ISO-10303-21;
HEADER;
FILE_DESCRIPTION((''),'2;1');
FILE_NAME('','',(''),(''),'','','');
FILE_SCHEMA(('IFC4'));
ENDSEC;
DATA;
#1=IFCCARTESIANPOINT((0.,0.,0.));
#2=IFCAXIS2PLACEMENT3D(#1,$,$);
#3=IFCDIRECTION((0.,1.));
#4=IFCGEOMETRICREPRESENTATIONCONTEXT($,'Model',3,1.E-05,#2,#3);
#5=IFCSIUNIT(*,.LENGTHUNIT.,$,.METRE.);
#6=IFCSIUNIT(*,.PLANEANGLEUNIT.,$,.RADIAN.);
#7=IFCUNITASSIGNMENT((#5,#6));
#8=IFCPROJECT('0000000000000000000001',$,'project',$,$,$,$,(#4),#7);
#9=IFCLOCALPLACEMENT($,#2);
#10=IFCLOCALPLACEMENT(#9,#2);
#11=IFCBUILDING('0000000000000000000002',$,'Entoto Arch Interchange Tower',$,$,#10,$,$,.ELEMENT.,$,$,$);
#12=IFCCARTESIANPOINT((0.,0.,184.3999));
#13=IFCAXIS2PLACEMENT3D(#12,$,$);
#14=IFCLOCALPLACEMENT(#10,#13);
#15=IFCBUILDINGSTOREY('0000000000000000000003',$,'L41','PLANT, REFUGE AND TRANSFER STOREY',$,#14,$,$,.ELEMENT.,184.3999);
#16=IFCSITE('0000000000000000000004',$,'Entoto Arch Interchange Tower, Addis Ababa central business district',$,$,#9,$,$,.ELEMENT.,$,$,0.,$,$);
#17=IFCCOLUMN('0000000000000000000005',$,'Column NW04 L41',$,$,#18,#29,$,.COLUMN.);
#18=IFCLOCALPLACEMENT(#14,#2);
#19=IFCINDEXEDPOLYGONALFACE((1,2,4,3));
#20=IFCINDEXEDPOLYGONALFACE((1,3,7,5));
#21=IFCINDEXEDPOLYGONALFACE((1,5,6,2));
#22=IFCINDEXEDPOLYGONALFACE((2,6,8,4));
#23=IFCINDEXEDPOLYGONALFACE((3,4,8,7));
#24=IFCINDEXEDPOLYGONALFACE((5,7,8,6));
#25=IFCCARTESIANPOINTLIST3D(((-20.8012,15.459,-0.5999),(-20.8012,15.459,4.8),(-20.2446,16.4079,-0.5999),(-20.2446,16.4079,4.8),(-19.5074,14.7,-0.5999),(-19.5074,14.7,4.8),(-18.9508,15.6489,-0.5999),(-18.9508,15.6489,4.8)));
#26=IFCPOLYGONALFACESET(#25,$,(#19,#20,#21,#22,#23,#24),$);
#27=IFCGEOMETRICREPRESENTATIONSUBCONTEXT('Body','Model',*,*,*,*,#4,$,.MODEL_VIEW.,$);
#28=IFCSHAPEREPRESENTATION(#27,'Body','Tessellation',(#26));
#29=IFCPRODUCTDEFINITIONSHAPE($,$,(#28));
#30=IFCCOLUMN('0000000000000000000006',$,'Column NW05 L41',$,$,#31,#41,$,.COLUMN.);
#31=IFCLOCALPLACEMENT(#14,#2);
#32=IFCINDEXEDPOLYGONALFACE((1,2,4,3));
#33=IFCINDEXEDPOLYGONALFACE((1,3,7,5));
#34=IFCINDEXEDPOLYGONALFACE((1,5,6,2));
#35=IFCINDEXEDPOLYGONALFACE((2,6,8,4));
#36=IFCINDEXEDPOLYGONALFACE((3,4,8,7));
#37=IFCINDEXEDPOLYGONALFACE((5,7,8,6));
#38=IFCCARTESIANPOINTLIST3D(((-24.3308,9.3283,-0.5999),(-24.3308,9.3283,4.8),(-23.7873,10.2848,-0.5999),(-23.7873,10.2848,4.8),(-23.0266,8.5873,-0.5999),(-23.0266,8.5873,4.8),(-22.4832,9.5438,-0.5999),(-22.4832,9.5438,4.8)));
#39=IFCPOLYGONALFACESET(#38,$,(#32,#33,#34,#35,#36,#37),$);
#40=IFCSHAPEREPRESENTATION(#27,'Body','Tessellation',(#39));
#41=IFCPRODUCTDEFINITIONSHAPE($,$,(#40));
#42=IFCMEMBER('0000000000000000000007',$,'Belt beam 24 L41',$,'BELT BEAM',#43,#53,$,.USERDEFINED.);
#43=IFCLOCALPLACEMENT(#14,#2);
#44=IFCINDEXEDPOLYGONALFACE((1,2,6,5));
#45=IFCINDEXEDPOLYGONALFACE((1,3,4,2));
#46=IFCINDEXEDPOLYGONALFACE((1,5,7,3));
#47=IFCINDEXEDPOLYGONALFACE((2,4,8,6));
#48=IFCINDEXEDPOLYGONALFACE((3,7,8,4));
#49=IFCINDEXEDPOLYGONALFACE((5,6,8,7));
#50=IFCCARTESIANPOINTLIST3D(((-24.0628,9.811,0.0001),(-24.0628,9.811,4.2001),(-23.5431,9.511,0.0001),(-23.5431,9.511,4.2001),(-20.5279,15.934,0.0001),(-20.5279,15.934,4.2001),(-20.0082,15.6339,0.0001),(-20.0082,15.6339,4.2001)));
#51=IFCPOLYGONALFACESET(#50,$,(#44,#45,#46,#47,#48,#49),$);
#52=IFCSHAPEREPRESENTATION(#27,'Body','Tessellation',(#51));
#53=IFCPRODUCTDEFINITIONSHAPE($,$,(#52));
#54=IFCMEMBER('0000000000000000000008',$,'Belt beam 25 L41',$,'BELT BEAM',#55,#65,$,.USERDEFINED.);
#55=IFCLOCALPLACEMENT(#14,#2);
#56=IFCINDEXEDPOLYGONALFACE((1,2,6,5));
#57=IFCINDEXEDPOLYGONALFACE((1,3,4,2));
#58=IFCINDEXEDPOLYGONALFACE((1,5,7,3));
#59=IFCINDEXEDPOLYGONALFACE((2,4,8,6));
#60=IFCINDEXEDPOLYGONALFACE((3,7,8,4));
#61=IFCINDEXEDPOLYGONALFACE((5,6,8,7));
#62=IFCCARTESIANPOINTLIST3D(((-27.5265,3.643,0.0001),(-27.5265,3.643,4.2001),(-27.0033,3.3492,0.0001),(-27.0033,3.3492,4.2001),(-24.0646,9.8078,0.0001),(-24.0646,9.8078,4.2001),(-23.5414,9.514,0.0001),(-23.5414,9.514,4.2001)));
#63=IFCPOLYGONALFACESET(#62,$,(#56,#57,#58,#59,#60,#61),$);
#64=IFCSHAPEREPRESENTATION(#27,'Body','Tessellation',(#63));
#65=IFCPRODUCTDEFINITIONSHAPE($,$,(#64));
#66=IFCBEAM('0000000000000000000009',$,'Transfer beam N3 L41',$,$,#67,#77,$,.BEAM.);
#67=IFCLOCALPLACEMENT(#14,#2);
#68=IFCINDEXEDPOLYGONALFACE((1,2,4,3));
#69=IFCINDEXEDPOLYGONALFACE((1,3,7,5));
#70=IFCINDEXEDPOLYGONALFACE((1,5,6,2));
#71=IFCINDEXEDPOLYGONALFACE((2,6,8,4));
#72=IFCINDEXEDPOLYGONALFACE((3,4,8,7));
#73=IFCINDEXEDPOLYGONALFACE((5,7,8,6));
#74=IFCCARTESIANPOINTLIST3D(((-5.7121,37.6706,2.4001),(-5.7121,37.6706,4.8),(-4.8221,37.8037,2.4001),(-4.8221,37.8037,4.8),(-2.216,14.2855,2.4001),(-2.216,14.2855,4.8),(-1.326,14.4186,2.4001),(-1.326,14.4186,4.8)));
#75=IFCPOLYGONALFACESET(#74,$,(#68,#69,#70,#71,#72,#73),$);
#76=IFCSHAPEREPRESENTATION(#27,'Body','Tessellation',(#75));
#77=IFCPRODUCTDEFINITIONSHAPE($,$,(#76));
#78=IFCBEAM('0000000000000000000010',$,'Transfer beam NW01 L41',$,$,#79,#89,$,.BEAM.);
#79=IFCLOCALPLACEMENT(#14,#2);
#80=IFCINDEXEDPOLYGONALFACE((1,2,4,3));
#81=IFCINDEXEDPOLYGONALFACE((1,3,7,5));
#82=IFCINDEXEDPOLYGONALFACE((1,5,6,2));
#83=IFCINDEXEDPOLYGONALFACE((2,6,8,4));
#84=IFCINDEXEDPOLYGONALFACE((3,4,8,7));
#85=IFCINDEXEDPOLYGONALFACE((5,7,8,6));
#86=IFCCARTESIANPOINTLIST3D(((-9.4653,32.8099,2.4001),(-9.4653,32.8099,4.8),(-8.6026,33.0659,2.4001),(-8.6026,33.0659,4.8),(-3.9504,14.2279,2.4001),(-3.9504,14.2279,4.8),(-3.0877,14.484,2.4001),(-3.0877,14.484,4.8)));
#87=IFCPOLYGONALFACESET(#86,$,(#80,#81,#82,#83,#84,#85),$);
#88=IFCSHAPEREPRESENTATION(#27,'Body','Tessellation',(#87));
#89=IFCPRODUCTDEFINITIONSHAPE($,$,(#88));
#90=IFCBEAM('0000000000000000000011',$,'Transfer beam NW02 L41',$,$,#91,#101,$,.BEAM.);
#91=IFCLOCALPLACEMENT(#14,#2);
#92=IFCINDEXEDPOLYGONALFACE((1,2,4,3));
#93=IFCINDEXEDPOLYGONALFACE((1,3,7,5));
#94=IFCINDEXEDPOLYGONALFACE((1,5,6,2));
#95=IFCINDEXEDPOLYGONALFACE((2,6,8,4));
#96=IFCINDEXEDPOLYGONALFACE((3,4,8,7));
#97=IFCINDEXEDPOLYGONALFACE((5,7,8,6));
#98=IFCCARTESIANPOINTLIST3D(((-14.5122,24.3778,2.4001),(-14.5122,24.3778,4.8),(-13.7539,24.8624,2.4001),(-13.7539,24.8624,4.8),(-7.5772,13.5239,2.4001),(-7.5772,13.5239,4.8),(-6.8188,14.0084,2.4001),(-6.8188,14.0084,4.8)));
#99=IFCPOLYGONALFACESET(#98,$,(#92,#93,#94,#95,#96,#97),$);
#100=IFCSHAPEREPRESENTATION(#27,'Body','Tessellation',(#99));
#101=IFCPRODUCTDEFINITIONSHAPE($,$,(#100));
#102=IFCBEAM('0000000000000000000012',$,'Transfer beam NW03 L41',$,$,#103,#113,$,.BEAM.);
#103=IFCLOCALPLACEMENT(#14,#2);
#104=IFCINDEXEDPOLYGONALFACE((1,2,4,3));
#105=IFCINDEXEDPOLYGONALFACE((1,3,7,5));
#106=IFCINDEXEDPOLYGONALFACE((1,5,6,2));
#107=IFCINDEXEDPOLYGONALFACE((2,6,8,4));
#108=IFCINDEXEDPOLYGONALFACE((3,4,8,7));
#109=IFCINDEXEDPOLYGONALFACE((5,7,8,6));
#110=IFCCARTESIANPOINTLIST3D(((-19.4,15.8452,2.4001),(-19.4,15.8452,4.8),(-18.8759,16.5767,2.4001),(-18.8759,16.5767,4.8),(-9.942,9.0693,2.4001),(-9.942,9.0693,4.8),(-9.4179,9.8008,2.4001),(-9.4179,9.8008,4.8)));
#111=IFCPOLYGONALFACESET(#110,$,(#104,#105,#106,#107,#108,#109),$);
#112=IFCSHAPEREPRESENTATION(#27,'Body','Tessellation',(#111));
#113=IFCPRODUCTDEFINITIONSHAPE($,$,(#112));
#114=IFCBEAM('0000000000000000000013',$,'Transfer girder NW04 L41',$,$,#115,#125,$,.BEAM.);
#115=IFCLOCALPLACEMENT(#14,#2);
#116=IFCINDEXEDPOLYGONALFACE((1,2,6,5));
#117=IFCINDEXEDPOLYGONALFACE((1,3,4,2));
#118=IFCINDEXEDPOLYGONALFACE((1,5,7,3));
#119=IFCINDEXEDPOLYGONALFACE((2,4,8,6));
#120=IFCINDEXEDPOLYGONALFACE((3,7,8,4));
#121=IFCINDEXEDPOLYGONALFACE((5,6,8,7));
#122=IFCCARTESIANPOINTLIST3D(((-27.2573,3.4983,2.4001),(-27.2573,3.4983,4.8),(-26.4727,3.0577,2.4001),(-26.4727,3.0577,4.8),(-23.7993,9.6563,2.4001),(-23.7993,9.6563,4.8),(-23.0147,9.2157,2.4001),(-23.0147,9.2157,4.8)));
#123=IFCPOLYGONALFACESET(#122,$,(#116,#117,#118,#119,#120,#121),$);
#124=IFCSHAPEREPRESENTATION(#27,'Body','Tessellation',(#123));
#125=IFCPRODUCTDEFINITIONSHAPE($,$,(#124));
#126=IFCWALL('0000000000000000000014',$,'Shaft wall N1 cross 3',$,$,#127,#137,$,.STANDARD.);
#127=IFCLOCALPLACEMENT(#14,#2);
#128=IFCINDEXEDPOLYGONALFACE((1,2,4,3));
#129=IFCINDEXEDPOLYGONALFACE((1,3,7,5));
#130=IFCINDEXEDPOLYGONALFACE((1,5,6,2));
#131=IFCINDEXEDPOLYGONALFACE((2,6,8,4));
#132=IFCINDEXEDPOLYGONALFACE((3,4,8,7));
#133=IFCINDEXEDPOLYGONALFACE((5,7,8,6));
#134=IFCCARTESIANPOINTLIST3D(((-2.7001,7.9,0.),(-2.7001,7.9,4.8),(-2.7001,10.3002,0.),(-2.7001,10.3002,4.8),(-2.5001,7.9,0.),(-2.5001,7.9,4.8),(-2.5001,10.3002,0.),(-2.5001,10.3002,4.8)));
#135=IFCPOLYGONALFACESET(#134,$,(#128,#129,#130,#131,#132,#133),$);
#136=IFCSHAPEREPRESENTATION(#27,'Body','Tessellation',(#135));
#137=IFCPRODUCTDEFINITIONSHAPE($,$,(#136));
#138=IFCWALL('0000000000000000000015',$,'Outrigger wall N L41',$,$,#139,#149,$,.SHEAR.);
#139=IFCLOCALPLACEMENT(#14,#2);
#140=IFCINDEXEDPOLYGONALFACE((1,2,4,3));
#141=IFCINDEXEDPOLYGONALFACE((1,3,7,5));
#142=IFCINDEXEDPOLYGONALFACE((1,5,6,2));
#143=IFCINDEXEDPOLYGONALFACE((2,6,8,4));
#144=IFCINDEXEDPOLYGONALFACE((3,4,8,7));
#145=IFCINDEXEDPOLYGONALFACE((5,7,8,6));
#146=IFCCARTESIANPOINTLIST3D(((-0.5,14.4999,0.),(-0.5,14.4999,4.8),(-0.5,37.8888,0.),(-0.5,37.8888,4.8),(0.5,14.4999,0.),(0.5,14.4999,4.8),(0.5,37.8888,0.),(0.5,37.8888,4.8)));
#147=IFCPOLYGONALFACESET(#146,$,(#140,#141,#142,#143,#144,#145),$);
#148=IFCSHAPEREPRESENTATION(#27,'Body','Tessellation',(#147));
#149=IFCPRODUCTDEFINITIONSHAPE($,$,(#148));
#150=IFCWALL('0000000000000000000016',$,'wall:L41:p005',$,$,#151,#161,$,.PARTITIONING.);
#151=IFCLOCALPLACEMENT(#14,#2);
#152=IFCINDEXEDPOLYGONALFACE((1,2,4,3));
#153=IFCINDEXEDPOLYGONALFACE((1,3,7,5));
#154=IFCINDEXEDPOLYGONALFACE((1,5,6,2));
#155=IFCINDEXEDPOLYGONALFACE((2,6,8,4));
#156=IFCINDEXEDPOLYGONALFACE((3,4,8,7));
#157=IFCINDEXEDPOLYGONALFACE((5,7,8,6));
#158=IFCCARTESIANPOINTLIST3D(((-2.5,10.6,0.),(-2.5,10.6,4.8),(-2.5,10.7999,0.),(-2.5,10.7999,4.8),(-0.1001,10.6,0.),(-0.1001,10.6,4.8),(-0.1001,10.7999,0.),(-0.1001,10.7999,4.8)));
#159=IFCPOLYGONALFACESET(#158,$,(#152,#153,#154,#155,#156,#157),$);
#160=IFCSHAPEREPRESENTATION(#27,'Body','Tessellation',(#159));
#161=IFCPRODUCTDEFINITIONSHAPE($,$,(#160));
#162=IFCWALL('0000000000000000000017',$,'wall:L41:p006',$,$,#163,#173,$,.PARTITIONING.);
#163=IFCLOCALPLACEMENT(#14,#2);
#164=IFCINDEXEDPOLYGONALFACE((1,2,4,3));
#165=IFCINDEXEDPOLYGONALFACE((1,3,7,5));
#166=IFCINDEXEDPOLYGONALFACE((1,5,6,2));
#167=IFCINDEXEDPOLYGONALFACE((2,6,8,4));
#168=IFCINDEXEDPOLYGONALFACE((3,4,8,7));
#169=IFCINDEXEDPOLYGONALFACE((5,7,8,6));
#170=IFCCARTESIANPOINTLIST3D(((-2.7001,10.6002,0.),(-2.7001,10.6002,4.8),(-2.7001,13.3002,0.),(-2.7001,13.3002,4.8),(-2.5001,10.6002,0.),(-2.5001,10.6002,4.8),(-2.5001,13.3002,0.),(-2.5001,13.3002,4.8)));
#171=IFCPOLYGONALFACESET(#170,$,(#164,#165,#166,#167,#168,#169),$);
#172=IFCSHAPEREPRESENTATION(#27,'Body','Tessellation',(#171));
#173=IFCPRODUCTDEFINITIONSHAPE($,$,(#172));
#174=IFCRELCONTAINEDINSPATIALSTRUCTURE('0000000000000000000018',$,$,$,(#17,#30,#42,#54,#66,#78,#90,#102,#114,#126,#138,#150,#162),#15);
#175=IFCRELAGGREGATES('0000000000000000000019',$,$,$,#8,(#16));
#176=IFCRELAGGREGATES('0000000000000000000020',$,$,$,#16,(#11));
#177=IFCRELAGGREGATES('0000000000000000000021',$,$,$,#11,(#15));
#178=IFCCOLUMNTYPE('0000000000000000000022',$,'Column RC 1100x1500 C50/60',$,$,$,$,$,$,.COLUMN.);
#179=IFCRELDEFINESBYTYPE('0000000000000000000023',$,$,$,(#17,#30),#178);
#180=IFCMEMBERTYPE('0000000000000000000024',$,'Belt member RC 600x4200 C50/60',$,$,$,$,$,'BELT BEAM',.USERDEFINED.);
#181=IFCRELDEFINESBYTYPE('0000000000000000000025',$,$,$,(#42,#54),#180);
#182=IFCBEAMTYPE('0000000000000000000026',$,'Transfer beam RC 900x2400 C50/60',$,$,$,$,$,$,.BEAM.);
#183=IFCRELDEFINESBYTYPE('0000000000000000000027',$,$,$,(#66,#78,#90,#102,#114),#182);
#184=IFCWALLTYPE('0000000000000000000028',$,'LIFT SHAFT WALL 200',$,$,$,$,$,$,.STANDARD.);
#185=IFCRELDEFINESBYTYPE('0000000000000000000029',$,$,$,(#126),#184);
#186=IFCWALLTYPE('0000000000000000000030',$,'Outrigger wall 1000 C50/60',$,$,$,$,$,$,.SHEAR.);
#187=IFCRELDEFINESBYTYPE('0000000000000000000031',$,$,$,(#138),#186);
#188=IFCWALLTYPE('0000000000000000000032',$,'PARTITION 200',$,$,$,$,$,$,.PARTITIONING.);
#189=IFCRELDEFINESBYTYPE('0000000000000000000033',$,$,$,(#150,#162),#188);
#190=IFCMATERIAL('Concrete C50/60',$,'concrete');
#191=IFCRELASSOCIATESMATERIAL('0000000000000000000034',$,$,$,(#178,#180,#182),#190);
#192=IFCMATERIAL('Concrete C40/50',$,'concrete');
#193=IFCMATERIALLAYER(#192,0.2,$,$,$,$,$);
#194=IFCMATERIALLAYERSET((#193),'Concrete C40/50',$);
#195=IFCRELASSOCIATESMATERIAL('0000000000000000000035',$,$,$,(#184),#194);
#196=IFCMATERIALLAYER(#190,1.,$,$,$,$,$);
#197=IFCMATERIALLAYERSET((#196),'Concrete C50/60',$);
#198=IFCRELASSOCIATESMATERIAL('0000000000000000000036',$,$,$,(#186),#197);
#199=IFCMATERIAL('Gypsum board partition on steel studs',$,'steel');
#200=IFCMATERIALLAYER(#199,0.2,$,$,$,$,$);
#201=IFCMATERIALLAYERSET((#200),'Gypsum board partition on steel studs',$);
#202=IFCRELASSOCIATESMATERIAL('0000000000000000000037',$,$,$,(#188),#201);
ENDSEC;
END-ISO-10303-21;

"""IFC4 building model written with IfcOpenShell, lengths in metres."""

from ifc_helpers import new_model, si_unit, direction, frame, frame_2d, origin, origin_2d, place, context, subcontext, project, spatial, rectangle, extrude, material, layer, layer_set, material_profile, profile_set, type_object, element, save


model = new_model("IFC4")

# Units and contexts
model_context = context("Model", 3, precision=1e-05, world=origin(), true_north=direction((0.0, 1.0)))
body_context = subcontext(model_context, "Body", "Model", "MODEL_VIEW")
ifc_project = project(units=[si_unit("LENGTHUNIT", "METRE"), si_unit("PLANEANGLEUNIT", "RADIAN")], contexts=[model_context])

# Site, building, storey
site_placement = place(None, origin())
site = spatial("IfcSite", under=ifc_project, at=site_placement, Name="Entoto Arch Interchange Tower, Addis Ababa central business district", CompositionType="ELEMENT", RefElevation=0.0)
building_placement = place(site_placement, origin())
building = spatial("IfcBuilding", under=site, at=building_placement, Name="Entoto Arch Interchange Tower", CompositionType="ELEMENT")
storey_placement = place(building_placement, frame((0.0, 0.0, 184.3999)))
storey = spatial("IfcBuildingStorey", under=building, at=storey_placement, Name="L41", Description="PLANT, REFUGE AND TRANSFER STOREY", CompositionType="ELEMENT", Elevation=184.3999)

# Columns
ifc_material_1 = material(Name="Concrete C50/60", Category="concrete")
ifc_material_profile_1 = material_profile(ifc_material_1, rectangle(XDim=1.1001, YDim=1.5, at=origin_2d()))
ifc_profile_set_1 = profile_set([ifc_material_profile_1], Name="Concrete C50/60")
column_type = type_object("IfcColumnType", Name="Column RC 1100x1500 C50/60", PredefinedType="COLUMN", material=ifc_profile_set_1)
for number, where, z_axis, x_axis, name in (
    (1, (-19.876, 15.554, -0.5999), (0.0, 0.0, 1.0), (0.505958, 0.862558, 0.0), "Column NW04 L41"),
    (2, (-23.407, 9.436, -0.5999), (0.0, 0.0, 1.0), (0.494018, 0.869452, 0.0), "Column NW05 L41"),
):
    element("IfcColumn", number, at=place(storey_placement, frame(where, z_axis=z_axis, x_axis=x_axis)), inside=storey, type_object=column_type, Name=name, PredefinedType="COLUMN", context=body_context, shape_type="SweptSolid", body=[
        extrude(rectangle(XDim=1.1001, YDim=1.5, at=origin_2d()), origin(), (0.0, 0.0, 1.0), 5.3999),
    ])

# Members
ifc_material_profile_2 = material_profile(ifc_material_1, rectangle(XDim=0.6001, YDim=4.2, at=origin_2d()))
ifc_profile_set_2 = profile_set([ifc_material_profile_2], Name="Concrete C50/60")
member_type = type_object("IfcMemberType", Name="Belt member RC 600x4200 C50/60", ElementType="BELT BEAM", PredefinedType="USERDEFINED", material=ifc_profile_set_2)
member_1_placement = place(storey_placement, frame((-20.2681, 15.7839, 2.1001), z_axis=(-0.499976, -0.86604, 0.0), x_axis=(0.86604, -0.499976, 0.0)))
element("IfcMember", 3, at=member_1_placement, inside=storey, type_object=member_type, Name="Belt beam 24 L41", ObjectType="BELT BEAM", PredefinedType="USERDEFINED", context=body_context, shape_type="SweptSolid", body=[
    extrude(rectangle(XDim=0.6001, YDim=4.2, at=origin_2d()), origin(), (0.0, 0.0, 1.0), 7.0701),
])
member_2_placement = place(storey_placement, frame((-23.803, 9.6609, 2.1001), z_axis=(-0.48964, -0.871925, 0.0), x_axis=(0.871925, -0.48964, 0.0)))
element("IfcMember", 4, at=member_2_placement, inside=storey, type_object=member_type, Name="Belt beam 25 L41", ObjectType="BELT BEAM", PredefinedType="USERDEFINED", context=body_context, shape_type="SweptSolid", body=[
    extrude(rectangle(XDim=0.6001, YDim=4.2, at=origin_2d()), origin(), (0.0, 0.0, 1.0), 7.0703),
])

# Beams
ifc_material_profile_3 = material_profile(ifc_material_1, rectangle(XDim=0.8999, YDim=2.3999, at=origin_2d()))
ifc_profile_set_3 = profile_set([ifc_material_profile_3], Name="Concrete C50/60")
beam_type = type_object("IfcBeamType", Name="Transfer beam RC 900x2400 C50/60", PredefinedType="BEAM", material=ifc_profile_set_3)
beam_1_placement = place(storey_placement, frame((-1.771, 14.3521, 3.6001), z_axis=(-0.147858, 0.989009, 0.0), x_axis=(-0.989009, -0.147858, 0.0)))
element("IfcBeam", 5, at=beam_1_placement, inside=storey, type_object=beam_type, Name="Transfer beam N3 L41", PredefinedType="BEAM", context=body_context, shape_type="SweptSolid", body=[
    extrude(rectangle(XDim=0.8999, YDim=2.3999, at=origin_2d()), origin(), (0.0, 0.0, 1.0), 23.645),
])
beam_2_placement = place(storey_placement, frame((-3.519, 14.356, 3.6001), z_axis=(-0.28452, 0.95867, 0.0), x_axis=(-0.95867, -0.28452, 0.0)))
element("IfcBeam", 6, at=beam_2_placement, inside=storey, type_object=beam_type, Name="Transfer beam NW01 L41", PredefinedType="BEAM", context=body_context, shape_type="SweptSolid", body=[
    extrude(rectangle(XDim=0.8999, YDim=2.3999, at=origin_2d()), origin(), (0.0, 0.0, 1.0), 19.3831),
])
beam_3_placement = place(storey_placement, frame((-7.198, 13.7661, 3.6001), z_axis=(-0.53842, 0.842677, 0.0), x_axis=(-0.842677, -0.53842, 0.0)))
element("IfcBeam", 7, at=beam_3_placement, inside=storey, type_object=beam_type, Name="Transfer beam NW02 L41", PredefinedType="BEAM", context=body_context, shape_type="SweptSolid", body=[
    extrude(rectangle(XDim=0.8999, YDim=2.3999, at=origin_2d()), origin(), (0.0, 0.0, 1.0), 12.8804),
])
beam_4_placement = place(storey_placement, frame((-9.6799, 9.4351, 3.6001), z_axis=(-0.812913, 0.582385, 0.0), x_axis=(-0.582385, -0.812913, 0.0)))
element("IfcBeam", 8, at=beam_4_placement, inside=storey, type_object=beam_type, Name="Transfer beam NW03 L41", PredefinedType="BEAM", context=body_context, shape_type="SweptSolid", body=[
    extrude(rectangle(XDim=0.8999, YDim=2.3999, at=origin_2d()), origin(), (0.0, 0.0, 1.0), 11.6348),
])
beam_5_placement = place(storey_placement, frame((-23.407, 9.436, 3.6001), z_axis=(-0.489633, -0.871929, 0.0), x_axis=(0.871929, -0.489633, 0.0)))
element("IfcBeam", 9, at=beam_5_placement, inside=storey, type_object=beam_type, Name="Transfer girder NW04 L41", PredefinedType="BEAM", context=body_context, shape_type="SweptSolid", body=[
    extrude(rectangle(XDim=0.8999, YDim=2.3999, at=origin_2d()), origin(), (0.0, 0.0, 1.0), 7.0625),
])

# Walls
ifc_material_2 = material(Name="Concrete C40/50", Category="concrete")
ifc_layer_1 = layer(ifc_material_2, 0.2)
ifc_layer_set_1 = layer_set([ifc_layer_1], Name="Concrete C40/50")
wall_type_1 = type_object("IfcWallType", Name="LIFT SHAFT WALL 200", PredefinedType="STANDARD", material=ifc_layer_set_1)
wall_1_placement = place(storey_placement, frame((-2.6001, 7.8999, 0.0), z_axis=(0.0, 0.0, 1.0), x_axis=(0.0, 1.0, 0.0)))
element("IfcWall", 10, at=wall_1_placement, inside=storey, type_object=wall_type_1, Name="Shaft wall N1 cross 3", PredefinedType="STANDARD", context=body_context, shape_type="SweptSolid", body=[
    extrude(rectangle(XDim=2.4001, YDim=0.2, at=frame_2d((1.2002, 0.0))), origin(), (0.0, 0.0, 1.0), 4.8),
])
ifc_layer_2 = layer(ifc_material_1, 1.0)
ifc_layer_set_2 = layer_set([ifc_layer_2], Name="Concrete C50/60")
wall_type_2 = type_object("IfcWallType", Name="Outrigger wall 1000 C50/60", PredefinedType="SHEAR", material=ifc_layer_set_2)
wall_2_placement = place(storey_placement, frame((0.0, 14.5, 0.0), z_axis=(0.0, 0.0, 1.0), x_axis=(0.0, 1.0, 0.0)))
element("IfcWall", 11, at=wall_2_placement, inside=storey, type_object=wall_type_2, Name="Outrigger wall N L41", PredefinedType="SHEAR", context=body_context, shape_type="SweptSolid", body=[
    extrude(rectangle(XDim=23.3889, YDim=1.0, at=frame_2d((11.6943, 0.0))), origin(), (0.0, 0.0, 1.0), 4.8),
])
ifc_material_3 = material(Name="Gypsum board partition on steel studs", Category="steel")
ifc_layer_3 = layer(ifc_material_3, 0.2)
ifc_layer_set_3 = layer_set([ifc_layer_3], Name="Gypsum board partition on steel studs")
wall_type_3 = type_object("IfcWallType", Name="PARTITION 200", PredefinedType="PARTITIONING", material=ifc_layer_set_3)
wall_3_placement = place(storey_placement, frame((-0.1001, 10.7, 0.0), z_axis=(0.0, 0.0, 1.0), x_axis=(-1.0, 0.0, 0.0)))
element("IfcWall", 12, at=wall_3_placement, inside=storey, type_object=wall_type_3, Name="wall:L41:p005", PredefinedType="PARTITIONING", context=body_context, shape_type="SweptSolid", body=[
    extrude(rectangle(XDim=2.3999, YDim=0.2, at=frame_2d((1.2, 0.0))), origin(), (0.0, 0.0, 1.0), 4.8),
])
wall_4_placement = place(storey_placement, frame((-2.6001, 10.6001, 0.0), z_axis=(0.0, 0.0, 1.0), x_axis=(0.0, 1.0, 0.0)))
element("IfcWall", 13, at=wall_4_placement, inside=storey, type_object=wall_type_3, Name="wall:L41:p006", PredefinedType="PARTITIONING", context=body_context, shape_type="SweptSolid", body=[
    extrude(rectangle(XDim=2.7, YDim=0.2, at=frame_2d((1.3501, 0.0))), origin(), (0.0, 0.0, 1.0), 4.8),
])

save(model, "model.ifc")
